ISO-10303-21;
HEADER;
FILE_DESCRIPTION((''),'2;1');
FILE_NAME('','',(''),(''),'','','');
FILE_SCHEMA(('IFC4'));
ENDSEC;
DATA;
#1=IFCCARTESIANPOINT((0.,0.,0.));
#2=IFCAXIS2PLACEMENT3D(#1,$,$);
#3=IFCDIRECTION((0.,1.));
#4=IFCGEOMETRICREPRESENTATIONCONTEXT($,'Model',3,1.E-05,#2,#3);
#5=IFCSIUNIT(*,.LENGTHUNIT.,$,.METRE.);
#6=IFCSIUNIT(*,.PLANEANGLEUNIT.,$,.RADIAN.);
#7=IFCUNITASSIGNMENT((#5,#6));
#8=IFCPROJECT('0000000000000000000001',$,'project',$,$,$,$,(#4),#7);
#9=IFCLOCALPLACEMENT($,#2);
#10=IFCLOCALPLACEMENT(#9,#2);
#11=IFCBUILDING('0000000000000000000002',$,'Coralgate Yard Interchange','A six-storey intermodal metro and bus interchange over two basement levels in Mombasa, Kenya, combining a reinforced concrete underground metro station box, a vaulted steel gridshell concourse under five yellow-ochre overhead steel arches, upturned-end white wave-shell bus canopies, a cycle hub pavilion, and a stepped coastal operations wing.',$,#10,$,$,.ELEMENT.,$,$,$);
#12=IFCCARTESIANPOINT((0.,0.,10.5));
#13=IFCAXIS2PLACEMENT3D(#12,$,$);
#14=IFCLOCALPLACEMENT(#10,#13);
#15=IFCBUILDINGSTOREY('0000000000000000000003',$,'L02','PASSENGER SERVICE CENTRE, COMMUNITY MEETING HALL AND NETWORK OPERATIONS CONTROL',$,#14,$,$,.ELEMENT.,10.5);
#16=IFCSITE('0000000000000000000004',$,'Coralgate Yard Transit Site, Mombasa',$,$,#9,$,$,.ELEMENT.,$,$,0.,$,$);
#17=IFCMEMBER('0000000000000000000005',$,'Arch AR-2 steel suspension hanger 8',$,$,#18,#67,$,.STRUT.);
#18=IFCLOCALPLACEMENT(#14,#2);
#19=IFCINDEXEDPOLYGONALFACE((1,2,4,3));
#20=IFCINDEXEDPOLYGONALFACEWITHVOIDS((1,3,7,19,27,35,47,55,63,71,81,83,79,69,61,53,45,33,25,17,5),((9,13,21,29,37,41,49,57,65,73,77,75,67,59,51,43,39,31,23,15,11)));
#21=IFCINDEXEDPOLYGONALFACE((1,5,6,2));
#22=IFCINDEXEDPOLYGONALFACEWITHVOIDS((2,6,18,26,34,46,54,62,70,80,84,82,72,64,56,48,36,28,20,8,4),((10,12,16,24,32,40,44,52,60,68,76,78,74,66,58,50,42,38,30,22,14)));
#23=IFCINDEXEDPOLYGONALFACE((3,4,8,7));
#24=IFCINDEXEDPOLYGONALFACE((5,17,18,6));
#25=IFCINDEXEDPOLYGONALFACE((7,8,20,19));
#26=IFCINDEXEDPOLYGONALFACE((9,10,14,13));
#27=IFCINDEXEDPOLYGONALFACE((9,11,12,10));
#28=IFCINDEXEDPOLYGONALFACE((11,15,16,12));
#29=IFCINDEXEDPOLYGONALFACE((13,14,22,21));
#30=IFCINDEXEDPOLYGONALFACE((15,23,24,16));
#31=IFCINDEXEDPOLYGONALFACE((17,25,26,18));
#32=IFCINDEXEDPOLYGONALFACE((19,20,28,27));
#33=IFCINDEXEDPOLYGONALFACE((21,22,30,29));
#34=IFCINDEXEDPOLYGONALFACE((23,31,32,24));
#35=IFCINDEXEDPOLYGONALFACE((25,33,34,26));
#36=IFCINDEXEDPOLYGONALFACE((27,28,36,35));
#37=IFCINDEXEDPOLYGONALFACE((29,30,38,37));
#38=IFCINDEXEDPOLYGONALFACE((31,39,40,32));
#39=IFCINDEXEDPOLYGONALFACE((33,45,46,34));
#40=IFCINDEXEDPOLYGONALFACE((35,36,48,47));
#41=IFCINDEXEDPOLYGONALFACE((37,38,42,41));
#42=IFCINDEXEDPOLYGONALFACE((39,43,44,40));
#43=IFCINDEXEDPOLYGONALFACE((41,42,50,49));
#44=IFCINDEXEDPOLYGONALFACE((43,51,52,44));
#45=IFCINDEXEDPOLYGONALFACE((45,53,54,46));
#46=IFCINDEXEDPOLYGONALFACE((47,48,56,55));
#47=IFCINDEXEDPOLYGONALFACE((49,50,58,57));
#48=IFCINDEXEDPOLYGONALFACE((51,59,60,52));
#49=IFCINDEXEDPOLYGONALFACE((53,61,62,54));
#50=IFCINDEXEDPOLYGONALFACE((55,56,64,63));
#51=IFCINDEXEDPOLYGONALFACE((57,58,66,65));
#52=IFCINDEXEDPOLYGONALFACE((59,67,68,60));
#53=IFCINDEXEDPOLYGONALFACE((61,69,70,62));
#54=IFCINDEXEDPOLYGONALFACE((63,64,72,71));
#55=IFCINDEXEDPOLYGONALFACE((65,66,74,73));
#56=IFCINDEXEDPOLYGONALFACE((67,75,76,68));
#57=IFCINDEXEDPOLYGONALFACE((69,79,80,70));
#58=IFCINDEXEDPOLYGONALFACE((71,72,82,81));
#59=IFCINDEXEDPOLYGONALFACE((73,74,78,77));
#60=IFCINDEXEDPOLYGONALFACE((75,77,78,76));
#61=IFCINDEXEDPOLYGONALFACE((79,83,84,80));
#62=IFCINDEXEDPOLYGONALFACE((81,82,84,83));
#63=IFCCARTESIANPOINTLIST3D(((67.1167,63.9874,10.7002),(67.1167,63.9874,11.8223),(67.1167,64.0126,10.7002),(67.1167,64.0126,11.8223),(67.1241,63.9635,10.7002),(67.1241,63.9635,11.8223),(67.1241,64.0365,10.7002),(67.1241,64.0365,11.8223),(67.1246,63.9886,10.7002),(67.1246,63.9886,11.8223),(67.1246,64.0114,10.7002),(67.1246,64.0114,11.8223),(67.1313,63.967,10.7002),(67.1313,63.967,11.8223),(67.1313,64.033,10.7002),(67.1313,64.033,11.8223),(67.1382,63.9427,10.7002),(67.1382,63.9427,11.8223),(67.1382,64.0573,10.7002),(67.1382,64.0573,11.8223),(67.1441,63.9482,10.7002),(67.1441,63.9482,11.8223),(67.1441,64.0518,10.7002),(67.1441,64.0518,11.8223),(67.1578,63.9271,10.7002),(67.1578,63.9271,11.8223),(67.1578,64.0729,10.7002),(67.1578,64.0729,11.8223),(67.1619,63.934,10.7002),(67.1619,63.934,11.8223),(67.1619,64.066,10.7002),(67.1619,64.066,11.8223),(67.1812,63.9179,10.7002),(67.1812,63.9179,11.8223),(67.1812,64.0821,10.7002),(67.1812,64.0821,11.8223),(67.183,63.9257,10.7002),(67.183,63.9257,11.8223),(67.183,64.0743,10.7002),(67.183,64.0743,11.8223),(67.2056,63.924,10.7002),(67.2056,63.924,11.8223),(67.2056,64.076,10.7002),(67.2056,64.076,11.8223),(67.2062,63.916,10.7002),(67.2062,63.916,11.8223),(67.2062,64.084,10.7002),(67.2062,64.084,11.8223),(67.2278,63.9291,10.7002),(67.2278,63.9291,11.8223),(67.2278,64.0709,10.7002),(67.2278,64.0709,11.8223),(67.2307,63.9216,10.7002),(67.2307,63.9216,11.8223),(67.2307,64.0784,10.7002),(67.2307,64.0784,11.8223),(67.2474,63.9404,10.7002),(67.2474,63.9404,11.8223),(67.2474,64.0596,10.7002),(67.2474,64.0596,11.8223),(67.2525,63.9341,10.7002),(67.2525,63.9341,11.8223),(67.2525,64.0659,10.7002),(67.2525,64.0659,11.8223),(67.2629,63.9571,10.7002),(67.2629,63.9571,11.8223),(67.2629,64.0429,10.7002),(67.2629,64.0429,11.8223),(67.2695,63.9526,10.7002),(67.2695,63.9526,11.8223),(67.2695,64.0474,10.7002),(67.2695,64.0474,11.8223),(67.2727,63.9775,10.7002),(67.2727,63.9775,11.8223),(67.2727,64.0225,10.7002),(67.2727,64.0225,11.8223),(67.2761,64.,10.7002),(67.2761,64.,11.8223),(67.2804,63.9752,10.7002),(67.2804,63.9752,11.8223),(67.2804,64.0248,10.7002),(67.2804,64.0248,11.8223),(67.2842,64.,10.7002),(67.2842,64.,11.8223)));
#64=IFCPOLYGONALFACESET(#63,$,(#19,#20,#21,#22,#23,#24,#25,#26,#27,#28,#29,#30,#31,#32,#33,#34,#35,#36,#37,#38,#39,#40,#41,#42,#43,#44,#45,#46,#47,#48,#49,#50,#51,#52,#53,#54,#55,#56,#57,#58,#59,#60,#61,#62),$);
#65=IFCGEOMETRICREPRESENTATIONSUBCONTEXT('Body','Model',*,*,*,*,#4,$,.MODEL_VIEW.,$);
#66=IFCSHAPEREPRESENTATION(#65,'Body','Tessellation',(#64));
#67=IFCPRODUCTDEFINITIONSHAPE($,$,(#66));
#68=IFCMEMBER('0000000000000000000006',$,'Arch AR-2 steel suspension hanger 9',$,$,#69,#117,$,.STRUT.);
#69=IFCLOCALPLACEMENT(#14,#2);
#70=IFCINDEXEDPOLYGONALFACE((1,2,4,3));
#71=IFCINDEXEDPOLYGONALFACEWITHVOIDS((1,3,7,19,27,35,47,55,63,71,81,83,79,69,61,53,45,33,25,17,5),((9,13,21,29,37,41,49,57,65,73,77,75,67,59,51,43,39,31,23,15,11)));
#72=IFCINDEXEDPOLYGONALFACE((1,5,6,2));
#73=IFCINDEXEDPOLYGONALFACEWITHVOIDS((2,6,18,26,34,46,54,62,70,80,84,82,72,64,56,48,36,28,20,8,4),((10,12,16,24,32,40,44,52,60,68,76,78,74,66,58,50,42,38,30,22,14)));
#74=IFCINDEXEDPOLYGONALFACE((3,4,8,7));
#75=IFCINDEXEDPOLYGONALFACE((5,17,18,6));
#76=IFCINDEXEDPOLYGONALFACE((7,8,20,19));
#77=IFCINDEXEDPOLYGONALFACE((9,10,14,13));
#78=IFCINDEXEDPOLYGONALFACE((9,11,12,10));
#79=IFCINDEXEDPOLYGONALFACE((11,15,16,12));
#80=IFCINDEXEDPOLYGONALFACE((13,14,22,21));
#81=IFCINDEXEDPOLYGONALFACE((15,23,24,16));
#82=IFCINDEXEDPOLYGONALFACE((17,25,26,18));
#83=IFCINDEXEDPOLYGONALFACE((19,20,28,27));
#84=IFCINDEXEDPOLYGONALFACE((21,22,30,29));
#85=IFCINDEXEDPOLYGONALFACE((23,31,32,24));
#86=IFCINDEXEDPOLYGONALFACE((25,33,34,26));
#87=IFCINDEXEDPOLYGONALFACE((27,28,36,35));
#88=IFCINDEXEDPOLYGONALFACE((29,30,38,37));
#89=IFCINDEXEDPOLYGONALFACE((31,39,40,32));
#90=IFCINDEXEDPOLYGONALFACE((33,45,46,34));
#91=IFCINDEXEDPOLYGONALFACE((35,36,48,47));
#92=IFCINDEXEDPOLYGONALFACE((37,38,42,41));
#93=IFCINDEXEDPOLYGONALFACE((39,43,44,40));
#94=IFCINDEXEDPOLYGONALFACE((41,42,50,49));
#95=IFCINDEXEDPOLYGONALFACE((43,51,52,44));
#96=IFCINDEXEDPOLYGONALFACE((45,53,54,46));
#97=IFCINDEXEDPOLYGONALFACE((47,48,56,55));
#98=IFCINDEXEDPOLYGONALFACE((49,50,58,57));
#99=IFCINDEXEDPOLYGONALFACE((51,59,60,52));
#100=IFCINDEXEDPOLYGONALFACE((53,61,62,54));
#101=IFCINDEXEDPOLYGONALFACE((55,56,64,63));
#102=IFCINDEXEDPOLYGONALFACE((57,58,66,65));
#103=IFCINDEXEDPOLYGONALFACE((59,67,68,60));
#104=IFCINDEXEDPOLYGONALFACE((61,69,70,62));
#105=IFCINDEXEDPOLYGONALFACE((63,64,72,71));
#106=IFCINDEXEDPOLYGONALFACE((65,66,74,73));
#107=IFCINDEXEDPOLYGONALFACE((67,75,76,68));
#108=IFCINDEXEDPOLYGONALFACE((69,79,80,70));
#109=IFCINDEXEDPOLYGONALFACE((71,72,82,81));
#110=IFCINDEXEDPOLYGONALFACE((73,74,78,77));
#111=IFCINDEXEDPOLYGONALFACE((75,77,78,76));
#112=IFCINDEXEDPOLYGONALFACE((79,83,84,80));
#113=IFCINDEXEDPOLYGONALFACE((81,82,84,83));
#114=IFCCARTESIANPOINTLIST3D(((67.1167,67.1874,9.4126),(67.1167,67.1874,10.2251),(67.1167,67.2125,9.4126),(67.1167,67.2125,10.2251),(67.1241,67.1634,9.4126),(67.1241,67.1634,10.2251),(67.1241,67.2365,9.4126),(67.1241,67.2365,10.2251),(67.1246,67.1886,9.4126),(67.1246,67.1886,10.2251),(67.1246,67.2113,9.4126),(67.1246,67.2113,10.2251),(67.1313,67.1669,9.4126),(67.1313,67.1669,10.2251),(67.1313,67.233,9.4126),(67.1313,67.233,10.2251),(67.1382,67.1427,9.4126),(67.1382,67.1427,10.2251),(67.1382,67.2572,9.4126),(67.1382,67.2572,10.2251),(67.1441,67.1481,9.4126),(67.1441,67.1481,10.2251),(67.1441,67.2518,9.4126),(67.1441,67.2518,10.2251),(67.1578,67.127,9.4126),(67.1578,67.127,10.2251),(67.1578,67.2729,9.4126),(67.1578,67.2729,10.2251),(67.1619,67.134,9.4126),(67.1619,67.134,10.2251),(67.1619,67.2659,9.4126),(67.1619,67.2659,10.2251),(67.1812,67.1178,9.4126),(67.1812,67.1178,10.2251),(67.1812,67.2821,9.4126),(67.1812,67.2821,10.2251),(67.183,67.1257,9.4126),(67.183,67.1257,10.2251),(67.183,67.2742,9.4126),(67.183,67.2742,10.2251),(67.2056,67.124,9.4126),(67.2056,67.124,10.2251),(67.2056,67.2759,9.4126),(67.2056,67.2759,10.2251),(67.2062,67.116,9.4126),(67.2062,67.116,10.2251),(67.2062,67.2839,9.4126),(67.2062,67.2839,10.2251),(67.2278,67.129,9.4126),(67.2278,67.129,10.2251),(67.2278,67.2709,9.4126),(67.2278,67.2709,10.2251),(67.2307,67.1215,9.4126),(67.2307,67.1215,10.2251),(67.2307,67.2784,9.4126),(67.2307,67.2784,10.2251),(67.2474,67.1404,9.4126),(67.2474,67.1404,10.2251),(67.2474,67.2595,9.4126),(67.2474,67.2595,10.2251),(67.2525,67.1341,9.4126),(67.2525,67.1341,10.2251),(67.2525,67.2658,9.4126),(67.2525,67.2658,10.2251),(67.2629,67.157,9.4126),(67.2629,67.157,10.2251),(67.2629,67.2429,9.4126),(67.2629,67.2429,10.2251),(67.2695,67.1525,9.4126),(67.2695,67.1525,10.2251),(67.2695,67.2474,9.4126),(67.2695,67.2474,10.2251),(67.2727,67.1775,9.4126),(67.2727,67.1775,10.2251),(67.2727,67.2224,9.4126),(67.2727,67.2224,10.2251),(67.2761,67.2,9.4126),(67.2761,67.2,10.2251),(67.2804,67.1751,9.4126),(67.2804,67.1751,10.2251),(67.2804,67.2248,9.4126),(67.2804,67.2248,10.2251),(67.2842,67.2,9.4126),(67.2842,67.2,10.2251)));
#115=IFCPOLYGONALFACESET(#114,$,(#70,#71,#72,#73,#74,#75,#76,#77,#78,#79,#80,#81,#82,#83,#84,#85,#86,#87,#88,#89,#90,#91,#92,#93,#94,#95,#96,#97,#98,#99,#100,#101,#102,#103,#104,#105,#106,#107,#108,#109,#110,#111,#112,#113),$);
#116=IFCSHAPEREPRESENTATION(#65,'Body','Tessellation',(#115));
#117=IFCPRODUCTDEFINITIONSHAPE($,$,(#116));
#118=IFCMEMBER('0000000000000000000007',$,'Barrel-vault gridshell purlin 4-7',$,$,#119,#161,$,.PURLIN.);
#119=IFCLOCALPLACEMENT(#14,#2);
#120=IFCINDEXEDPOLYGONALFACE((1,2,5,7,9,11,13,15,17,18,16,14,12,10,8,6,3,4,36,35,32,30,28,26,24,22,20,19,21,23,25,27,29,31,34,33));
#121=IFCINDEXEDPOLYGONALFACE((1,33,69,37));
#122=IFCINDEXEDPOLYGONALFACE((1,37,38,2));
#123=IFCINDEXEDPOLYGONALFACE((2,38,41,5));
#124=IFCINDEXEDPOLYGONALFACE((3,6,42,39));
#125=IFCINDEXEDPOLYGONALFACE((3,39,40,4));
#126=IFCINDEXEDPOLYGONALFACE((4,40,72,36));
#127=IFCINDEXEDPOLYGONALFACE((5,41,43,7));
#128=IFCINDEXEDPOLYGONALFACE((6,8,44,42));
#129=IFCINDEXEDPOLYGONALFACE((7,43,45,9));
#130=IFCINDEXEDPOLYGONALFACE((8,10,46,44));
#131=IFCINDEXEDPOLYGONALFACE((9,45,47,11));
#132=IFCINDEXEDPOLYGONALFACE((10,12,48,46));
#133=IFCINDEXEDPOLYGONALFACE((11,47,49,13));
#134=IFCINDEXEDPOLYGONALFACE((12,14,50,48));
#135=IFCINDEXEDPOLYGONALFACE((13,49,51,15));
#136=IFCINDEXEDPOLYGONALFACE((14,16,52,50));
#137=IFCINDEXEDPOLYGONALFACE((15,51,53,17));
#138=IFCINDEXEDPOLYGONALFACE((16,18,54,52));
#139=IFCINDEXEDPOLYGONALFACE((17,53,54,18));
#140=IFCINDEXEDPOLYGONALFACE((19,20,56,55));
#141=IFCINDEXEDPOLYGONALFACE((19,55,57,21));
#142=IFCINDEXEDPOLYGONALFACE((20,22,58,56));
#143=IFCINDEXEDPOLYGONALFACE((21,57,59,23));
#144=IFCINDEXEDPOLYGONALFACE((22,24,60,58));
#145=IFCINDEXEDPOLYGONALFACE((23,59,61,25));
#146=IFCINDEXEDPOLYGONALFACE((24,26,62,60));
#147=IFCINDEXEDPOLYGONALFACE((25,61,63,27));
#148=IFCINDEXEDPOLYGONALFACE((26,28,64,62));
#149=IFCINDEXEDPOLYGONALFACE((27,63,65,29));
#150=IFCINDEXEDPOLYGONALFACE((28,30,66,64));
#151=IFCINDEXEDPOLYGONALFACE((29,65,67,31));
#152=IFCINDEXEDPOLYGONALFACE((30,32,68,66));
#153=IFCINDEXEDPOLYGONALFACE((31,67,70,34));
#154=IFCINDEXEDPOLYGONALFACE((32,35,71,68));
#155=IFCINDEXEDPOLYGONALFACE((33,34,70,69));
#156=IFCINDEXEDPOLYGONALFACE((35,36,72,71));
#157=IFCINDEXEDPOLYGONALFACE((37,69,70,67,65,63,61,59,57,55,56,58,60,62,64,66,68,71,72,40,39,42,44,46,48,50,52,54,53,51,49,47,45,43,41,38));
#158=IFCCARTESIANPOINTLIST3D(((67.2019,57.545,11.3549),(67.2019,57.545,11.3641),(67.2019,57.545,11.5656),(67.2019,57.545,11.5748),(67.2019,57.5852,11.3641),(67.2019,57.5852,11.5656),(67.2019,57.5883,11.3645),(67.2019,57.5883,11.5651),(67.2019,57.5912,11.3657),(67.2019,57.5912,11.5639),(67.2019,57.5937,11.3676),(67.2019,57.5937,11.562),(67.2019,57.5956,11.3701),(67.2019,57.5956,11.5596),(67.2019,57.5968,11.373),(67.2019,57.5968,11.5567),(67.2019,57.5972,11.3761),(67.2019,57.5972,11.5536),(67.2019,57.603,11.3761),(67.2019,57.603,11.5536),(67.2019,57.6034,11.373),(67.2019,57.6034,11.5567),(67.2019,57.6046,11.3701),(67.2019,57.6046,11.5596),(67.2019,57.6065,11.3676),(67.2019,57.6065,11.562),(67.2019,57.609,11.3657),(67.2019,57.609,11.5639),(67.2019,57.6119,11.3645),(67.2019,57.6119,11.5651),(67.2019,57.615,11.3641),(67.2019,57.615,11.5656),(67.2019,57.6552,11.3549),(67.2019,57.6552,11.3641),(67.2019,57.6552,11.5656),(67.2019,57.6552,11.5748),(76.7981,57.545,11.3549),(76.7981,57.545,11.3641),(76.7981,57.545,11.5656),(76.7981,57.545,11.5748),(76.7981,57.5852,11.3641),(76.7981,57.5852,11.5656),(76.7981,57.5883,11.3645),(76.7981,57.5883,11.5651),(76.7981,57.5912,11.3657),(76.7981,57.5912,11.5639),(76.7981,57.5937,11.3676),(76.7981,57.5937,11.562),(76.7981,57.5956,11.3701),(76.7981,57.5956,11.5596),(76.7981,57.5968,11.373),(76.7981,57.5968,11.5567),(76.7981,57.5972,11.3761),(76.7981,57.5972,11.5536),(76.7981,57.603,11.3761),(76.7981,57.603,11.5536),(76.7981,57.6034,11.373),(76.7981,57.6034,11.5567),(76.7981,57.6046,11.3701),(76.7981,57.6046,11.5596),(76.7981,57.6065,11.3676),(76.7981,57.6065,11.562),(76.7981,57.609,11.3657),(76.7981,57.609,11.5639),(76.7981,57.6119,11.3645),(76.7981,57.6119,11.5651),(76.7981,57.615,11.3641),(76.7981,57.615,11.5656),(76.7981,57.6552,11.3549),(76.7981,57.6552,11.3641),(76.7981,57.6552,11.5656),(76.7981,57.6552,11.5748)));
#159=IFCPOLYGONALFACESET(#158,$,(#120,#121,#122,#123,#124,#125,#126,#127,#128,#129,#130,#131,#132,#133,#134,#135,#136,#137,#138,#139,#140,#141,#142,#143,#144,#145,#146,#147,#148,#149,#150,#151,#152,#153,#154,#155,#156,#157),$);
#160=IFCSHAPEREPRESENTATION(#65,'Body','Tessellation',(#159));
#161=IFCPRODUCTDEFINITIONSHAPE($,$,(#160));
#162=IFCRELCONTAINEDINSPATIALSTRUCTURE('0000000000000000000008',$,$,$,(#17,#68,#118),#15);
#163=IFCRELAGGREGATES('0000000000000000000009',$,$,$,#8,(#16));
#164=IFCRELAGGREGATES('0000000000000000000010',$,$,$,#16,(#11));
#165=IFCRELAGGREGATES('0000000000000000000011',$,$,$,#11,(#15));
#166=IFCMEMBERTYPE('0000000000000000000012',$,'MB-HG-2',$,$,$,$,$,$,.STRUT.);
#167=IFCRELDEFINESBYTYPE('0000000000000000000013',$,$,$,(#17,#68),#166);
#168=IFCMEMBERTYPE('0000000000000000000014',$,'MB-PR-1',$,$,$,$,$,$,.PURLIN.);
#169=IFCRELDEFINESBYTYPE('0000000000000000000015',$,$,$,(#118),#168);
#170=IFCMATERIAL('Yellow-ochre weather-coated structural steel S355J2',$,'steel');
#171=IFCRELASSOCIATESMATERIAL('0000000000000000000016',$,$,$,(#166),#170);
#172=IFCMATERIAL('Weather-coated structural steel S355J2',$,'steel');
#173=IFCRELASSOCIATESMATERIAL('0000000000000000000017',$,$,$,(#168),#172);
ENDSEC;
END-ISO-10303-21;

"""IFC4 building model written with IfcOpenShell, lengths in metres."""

from ifc_helpers import new_model, si_unit, direction, frame, origin, origin_2d, place, context, subcontext, project, spatial, hollow_circle, i_section, extrude, material, material_profile, profile_set, type_object, element, save


model = new_model("IFC4")

# Units and contexts
model_context = context("Model", 3, precision=1e-05, world=origin(), true_north=direction((0.0, 1.0)))
body_context = subcontext(model_context, "Body", "Model", "MODEL_VIEW")
ifc_project = project(units=[si_unit("LENGTHUNIT", "METRE"), si_unit("PLANEANGLEUNIT", "RADIAN")], contexts=[model_context])

# Site, building, storey
site_placement = place(None, origin())
site = spatial("IfcSite", under=ifc_project, at=site_placement, Name="Coralgate Yard Transit Site, Mombasa", CompositionType="ELEMENT", RefElevation=0.0)
building_placement = place(site_placement, origin())
building = spatial("IfcBuilding", under=site, at=building_placement, Name="Coralgate Yard Interchange", Description="A six-storey intermodal metro and bus interchange over two basement levels in Mombasa, Kenya, combining a reinforced concrete underground metro station box, a vaulted steel gridshell concourse under five yellow-ochre overhead steel arches, upturned-end white wave-shell bus canopies, a cycle hub pavilion, and a stepped coastal operations wing.", CompositionType="ELEMENT")
storey_placement = place(building_placement, frame((0.0, 0.0, 10.5)))
storey = spatial("IfcBuildingStorey", under=building, at=storey_placement, Name="L02", Description="PASSENGER SERVICE CENTRE, COMMUNITY MEETING HALL AND NETWORK OPERATIONS CONTROL", CompositionType="ELEMENT", Elevation=10.5)

# Shared definitions
ifc_material_1 = material(Name="Yellow-ochre weather-coated structural steel S355J2", Category="steel")
ifc_material_2 = material(Name="Weather-coated structural steel S355J2", Category="steel")

# Members
ifc_material_profile_1 = material_profile(ifc_material_1, hollow_circle(Radius=0.0842, WallThickness=0.0081, at=origin_2d()), Name="CHS 168.3x8")
ifc_profile_set_1 = profile_set([ifc_material_profile_1], Name="Yellow-ochre weather-coated structural steel S355J2")
member_type_1 = type_object("IfcMemberType", Name="MB-HG-2", PredefinedType="STRUT", material=ifc_profile_set_1)
member_1_placement = place(storey_placement, frame((67.2, 64.0, 10.7002), z_axis=(0.0, 0.0, 1.0), x_axis=(1.0, 0.0, 0.0)))
element("IfcMember", 1, at=member_1_placement, inside=storey, type_object=member_type_1, Name="Arch AR-2 steel suspension hanger 8", PredefinedType="STRUT", context=body_context, shape_type="SweptSolid", body=[
    extrude(hollow_circle(Radius=0.0842, WallThickness=0.0081, at=origin_2d()), origin(), (0.0, 0.0, 1.0), 1.1221),
])
member_2_placement = place(storey_placement, frame((67.2, 67.2, 9.4126), z_axis=(0.0, 0.0, 1.0), x_axis=(1.0, 0.0, 0.0)))
element("IfcMember", 2, at=member_2_placement, inside=storey, type_object=member_type_1, Name="Arch AR-2 steel suspension hanger 9", PredefinedType="STRUT", context=body_context, shape_type="SweptSolid", body=[
    extrude(hollow_circle(Radius=0.0842, WallThickness=0.0081, at=origin_2d()), origin(), (0.0, 0.0, 1.0), 0.8125),
])
ifc_material_profile_2 = material_profile(ifc_material_2, i_section(OverallWidth=0.1101, OverallDepth=0.22, WebThickness=0.0059, FlangeThickness=0.0093, FilletRadius=0.012, at=origin_2d()), Name="IPE 220")
ifc_profile_set_2 = profile_set([ifc_material_profile_2], Name="Weather-coated structural steel S355J2")
member_type_2 = type_object("IfcMemberType", Name="MB-PR-1", PredefinedType="PURLIN", material=ifc_profile_set_2)
for number, where, z_axis, x_axis, name in (
    (3, (67.2019, 57.6001, 11.4648), (1.0, 0.0, 0.0), (0.0, 1.0, 0.0), "Barrel-vault gridshell purlin 4-7"),
):
    element("IfcMember", number, at=place(storey_placement, frame(where, z_axis=z_axis, x_axis=x_axis)), inside=storey, type_object=member_type_2, Name=name, PredefinedType="PURLIN", context=body_context, shape_type="SweptSolid", body=[
        extrude(i_section(OverallWidth=0.1101, OverallDepth=0.22, WebThickness=0.0059, FlangeThickness=0.0093, FilletRadius=0.012, at=origin_2d()), origin(), (0.0, 0.0, 1.0), 9.5962),
    ])

save(model, "model.ifc")
